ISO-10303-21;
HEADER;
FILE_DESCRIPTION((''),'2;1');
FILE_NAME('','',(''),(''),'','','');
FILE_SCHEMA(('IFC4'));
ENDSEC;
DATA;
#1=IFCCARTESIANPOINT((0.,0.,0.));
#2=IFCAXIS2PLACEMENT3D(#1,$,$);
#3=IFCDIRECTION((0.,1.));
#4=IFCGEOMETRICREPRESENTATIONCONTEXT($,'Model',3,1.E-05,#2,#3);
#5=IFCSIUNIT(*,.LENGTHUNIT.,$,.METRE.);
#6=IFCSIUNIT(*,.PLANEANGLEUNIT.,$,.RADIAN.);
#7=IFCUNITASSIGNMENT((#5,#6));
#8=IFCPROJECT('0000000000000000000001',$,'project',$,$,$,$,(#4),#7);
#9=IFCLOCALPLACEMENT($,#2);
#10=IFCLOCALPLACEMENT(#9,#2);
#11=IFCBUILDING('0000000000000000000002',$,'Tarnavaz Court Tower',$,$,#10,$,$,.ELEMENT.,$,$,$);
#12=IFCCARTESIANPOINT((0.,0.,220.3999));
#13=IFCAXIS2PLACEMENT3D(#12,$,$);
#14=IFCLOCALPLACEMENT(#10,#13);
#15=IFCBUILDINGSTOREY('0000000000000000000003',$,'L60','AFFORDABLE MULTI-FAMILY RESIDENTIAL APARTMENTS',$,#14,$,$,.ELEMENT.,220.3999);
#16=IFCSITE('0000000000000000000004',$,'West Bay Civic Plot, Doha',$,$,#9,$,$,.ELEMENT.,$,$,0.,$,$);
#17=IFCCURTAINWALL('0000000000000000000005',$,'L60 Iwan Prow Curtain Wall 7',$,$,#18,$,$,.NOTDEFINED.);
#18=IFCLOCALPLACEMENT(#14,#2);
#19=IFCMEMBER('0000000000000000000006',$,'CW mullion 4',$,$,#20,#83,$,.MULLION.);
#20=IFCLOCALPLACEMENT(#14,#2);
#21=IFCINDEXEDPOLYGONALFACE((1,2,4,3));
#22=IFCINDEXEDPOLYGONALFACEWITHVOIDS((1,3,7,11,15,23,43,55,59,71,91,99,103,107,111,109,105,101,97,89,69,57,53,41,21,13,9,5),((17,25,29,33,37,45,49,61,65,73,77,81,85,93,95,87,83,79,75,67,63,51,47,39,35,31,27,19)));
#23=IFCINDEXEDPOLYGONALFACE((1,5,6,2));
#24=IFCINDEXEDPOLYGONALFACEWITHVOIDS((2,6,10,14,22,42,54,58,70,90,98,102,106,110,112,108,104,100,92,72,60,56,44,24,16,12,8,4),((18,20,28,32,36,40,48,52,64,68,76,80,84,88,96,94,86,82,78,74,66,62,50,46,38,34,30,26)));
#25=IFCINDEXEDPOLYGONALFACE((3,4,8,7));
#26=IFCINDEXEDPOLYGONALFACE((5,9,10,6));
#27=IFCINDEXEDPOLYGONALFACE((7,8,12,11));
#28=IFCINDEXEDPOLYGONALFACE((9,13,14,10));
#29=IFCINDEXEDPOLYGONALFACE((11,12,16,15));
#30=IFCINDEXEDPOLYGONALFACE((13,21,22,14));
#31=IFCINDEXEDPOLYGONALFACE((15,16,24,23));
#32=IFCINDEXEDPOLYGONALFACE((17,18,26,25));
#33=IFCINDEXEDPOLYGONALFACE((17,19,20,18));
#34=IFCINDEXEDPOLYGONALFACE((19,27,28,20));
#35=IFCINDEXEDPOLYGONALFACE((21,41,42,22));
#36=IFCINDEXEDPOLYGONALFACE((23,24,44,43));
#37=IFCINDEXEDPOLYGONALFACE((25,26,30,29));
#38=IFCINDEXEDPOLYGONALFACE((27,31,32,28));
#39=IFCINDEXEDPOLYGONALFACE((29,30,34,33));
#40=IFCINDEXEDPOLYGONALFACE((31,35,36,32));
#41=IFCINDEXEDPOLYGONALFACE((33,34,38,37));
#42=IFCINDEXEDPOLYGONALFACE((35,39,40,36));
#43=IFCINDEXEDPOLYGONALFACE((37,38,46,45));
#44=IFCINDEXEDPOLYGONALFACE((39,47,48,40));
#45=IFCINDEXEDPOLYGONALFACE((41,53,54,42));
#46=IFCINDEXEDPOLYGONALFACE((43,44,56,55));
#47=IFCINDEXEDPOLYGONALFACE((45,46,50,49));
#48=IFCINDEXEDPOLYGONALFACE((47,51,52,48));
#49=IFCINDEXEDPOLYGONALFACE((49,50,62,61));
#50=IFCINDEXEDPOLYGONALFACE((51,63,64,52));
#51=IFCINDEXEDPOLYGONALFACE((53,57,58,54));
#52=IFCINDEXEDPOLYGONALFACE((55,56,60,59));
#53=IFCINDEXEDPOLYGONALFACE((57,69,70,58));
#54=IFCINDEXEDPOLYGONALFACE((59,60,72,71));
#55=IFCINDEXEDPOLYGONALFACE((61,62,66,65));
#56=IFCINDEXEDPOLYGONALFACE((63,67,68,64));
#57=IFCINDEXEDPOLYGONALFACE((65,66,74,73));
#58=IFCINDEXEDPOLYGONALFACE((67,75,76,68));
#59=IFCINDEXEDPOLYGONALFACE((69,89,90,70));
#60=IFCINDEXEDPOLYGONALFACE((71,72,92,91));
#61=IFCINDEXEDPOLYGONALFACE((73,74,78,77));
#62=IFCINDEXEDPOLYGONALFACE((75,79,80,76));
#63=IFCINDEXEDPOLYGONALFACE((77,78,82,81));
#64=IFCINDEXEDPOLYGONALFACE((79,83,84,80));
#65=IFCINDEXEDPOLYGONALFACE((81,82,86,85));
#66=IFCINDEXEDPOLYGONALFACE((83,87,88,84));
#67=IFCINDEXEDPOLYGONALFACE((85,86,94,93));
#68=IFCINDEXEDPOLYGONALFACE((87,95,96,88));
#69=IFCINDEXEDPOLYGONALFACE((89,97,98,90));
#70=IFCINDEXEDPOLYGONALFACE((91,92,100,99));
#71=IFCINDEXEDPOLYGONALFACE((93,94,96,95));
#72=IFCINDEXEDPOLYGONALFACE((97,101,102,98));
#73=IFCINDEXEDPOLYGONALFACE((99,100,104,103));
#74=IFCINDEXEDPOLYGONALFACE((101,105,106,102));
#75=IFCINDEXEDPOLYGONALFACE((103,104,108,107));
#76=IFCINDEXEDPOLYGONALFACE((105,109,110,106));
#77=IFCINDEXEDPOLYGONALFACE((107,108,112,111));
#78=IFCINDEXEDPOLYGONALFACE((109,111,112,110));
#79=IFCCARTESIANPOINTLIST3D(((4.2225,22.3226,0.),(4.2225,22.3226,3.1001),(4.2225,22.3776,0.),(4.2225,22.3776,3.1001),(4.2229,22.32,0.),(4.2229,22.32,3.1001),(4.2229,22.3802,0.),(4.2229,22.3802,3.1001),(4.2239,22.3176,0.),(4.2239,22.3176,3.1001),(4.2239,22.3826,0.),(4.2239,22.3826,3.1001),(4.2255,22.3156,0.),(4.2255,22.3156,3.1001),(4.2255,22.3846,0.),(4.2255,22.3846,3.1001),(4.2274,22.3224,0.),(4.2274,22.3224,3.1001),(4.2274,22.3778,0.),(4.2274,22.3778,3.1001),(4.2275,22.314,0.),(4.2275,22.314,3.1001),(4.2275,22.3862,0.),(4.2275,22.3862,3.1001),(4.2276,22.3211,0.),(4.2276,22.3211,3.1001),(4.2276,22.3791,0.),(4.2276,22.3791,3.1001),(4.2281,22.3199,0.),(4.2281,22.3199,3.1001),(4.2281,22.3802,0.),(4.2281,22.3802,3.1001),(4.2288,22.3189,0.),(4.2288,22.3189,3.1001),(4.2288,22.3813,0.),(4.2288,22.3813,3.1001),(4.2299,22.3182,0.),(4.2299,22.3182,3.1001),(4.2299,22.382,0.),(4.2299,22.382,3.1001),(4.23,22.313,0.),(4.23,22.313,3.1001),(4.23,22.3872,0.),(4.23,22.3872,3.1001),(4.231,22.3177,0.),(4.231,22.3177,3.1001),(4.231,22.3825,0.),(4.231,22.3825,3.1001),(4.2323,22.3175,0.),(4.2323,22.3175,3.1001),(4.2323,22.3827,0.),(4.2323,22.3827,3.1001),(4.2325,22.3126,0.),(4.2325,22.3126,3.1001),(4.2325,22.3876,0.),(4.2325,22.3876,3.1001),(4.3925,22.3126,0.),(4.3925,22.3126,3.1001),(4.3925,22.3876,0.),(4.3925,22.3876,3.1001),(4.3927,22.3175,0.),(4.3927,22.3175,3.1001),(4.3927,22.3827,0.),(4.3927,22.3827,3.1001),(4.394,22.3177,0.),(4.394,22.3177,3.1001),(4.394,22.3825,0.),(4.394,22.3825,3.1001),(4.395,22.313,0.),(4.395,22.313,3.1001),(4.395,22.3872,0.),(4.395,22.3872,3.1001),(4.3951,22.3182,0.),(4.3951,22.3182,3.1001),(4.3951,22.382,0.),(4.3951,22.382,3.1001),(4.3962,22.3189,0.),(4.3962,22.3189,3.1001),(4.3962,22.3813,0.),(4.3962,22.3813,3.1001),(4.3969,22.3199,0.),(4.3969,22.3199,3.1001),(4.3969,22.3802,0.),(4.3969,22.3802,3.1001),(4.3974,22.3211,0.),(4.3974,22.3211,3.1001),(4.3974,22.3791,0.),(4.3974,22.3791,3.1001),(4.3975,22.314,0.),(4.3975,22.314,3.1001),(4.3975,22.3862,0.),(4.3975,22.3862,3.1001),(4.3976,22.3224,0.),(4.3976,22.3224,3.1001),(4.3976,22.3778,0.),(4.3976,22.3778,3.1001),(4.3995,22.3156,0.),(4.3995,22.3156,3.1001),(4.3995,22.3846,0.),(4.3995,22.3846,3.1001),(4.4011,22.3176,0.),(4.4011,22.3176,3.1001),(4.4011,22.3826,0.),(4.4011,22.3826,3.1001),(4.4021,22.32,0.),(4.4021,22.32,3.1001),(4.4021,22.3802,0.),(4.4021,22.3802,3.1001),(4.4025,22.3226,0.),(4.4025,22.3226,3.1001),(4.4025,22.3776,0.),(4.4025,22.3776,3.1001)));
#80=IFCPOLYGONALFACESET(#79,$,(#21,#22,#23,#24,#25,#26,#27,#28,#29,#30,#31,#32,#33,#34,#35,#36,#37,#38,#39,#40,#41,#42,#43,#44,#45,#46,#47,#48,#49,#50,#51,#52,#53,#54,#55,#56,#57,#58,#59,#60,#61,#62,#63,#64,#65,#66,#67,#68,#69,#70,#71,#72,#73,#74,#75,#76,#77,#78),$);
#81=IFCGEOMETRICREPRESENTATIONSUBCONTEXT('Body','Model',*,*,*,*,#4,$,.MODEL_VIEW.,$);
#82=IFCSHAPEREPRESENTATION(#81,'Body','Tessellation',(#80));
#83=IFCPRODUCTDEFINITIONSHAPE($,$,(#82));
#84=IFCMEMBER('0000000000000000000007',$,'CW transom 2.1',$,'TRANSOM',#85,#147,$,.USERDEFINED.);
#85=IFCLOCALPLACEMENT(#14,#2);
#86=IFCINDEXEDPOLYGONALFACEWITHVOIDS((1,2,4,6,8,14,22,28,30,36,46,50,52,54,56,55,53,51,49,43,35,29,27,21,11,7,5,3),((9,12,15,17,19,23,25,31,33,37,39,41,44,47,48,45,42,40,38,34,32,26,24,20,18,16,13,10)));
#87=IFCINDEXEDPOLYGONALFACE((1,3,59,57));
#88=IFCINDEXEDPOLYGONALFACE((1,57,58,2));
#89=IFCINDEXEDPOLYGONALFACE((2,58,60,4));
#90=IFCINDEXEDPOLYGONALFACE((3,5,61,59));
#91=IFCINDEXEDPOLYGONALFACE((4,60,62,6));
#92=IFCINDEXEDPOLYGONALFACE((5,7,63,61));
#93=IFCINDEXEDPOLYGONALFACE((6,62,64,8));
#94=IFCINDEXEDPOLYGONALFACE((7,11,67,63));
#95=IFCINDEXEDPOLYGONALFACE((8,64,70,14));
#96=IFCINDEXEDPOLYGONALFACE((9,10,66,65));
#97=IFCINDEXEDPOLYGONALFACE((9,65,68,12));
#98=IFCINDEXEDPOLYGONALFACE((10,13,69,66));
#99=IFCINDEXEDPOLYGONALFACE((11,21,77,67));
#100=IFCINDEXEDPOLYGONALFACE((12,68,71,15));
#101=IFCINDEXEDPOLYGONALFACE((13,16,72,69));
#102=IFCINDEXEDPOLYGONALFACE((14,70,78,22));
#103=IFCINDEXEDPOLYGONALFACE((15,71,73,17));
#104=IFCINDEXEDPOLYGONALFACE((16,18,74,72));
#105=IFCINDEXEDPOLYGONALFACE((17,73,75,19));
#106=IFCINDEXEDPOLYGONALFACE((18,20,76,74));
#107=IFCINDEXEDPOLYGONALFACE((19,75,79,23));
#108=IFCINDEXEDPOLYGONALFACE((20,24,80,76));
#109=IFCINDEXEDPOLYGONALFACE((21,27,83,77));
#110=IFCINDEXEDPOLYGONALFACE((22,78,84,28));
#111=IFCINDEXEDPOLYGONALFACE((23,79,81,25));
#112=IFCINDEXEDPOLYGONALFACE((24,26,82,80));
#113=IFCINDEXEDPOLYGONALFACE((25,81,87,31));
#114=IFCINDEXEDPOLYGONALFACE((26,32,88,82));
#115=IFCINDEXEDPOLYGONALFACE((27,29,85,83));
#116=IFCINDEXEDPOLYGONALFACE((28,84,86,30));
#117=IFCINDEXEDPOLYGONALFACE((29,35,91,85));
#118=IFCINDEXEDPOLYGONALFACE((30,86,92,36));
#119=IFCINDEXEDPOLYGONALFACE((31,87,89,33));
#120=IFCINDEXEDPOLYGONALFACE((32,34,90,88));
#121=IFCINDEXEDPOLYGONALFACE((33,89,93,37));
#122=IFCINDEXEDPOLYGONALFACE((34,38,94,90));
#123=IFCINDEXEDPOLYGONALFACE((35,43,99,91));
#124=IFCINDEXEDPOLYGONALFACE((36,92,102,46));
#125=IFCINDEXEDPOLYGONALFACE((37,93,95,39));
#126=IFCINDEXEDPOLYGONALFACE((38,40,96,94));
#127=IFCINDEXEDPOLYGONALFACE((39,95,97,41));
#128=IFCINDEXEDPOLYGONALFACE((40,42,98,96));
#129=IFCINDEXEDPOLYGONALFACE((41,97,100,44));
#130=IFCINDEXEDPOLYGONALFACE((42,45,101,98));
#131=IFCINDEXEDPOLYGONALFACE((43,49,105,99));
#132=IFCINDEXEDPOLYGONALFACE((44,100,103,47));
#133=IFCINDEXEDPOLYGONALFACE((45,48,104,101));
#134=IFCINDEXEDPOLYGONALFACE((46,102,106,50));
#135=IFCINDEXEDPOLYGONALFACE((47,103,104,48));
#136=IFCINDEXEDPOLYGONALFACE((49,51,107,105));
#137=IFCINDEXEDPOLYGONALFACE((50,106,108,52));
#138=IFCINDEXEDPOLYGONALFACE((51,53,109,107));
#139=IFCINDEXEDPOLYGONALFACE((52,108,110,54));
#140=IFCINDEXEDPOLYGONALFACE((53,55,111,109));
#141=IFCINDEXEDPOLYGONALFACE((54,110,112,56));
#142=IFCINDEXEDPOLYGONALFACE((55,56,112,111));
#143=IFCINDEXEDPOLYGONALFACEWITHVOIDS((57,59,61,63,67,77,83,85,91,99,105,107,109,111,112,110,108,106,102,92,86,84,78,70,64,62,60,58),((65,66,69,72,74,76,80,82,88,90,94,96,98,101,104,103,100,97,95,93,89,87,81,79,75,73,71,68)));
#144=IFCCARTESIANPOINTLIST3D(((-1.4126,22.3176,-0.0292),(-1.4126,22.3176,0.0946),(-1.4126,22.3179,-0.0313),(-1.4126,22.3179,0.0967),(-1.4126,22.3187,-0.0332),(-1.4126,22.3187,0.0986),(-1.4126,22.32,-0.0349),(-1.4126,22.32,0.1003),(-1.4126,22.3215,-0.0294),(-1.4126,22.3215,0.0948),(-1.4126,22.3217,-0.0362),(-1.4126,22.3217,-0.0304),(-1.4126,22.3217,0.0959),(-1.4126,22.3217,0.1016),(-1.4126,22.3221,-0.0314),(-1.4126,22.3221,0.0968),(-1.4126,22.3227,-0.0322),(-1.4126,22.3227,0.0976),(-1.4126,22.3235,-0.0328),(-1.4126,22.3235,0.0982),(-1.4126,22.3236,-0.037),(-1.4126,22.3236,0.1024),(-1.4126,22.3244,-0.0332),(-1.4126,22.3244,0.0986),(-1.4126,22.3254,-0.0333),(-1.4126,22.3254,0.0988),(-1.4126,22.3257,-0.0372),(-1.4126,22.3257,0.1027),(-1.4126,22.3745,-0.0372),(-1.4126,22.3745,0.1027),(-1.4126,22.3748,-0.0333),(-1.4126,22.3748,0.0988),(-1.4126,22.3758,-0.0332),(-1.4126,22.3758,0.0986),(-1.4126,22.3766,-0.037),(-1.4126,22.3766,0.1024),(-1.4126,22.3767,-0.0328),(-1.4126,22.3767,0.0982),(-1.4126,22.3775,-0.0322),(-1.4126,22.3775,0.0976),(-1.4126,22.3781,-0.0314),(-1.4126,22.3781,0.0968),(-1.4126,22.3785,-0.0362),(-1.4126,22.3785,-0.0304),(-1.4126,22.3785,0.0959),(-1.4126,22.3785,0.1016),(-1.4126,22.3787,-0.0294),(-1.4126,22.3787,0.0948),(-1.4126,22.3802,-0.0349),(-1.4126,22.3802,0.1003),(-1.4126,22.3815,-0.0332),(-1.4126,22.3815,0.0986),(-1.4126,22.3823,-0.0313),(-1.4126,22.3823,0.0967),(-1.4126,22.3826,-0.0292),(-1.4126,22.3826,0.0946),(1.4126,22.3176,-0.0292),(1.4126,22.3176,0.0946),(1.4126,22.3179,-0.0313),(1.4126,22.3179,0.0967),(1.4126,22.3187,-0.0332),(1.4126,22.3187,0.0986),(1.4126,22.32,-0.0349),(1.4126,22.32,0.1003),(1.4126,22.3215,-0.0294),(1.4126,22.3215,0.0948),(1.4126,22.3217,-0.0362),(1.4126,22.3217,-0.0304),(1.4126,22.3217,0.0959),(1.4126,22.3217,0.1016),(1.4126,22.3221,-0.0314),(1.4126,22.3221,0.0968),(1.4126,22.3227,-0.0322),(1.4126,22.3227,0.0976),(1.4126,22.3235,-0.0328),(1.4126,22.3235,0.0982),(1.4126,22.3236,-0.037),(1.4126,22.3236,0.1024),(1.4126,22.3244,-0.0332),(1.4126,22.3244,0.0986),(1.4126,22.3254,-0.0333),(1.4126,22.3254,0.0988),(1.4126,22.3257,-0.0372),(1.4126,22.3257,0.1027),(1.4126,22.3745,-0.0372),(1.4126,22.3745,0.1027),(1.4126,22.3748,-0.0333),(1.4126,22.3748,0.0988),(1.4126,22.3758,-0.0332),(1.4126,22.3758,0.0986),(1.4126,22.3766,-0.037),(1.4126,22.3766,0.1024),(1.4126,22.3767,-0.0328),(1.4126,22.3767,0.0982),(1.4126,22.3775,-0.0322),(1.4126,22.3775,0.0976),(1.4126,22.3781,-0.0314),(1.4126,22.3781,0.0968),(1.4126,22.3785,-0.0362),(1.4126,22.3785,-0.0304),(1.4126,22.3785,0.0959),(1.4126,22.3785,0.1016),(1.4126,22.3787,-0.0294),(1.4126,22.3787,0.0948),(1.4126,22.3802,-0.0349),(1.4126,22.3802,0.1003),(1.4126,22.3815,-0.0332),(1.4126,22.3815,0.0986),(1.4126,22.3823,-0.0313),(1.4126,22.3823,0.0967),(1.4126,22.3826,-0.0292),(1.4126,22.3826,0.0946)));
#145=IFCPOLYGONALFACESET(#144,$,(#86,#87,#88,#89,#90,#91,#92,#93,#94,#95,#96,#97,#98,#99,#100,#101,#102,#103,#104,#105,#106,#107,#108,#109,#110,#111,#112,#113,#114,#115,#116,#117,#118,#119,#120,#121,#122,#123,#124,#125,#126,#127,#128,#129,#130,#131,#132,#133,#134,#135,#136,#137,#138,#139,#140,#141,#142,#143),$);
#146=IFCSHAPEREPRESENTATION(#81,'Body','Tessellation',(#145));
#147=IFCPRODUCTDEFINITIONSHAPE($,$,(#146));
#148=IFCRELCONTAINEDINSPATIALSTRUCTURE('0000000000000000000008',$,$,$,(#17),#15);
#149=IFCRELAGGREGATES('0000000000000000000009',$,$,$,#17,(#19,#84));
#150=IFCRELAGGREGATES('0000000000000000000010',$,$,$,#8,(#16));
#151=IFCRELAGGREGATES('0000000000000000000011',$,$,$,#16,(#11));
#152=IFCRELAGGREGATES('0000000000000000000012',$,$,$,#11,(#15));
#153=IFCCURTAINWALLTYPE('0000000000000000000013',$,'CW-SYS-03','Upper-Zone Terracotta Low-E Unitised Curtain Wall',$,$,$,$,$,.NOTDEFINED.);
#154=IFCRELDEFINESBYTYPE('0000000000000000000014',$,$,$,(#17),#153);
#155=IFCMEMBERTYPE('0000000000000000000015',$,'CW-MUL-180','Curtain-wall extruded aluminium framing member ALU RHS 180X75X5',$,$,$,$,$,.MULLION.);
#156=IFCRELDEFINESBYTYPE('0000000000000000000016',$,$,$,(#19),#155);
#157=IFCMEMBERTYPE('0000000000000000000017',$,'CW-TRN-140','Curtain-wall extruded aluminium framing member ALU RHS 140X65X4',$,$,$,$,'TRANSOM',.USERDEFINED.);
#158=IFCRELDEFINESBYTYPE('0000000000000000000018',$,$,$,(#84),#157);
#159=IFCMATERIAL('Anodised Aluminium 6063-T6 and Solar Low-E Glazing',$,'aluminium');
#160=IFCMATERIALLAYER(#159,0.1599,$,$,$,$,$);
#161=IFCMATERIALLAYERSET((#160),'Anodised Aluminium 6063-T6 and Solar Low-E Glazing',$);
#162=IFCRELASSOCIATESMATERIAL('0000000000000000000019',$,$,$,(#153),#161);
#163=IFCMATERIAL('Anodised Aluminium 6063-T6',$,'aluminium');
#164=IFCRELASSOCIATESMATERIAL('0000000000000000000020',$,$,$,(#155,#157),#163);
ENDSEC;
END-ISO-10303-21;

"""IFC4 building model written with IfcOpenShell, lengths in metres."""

from ifc_helpers import new_model, si_unit, direction, frame, origin, origin_2d, place, context, subcontext, project, spatial, hollow_rectangle, extrude, material, layer, layer_set, material_profile, profile_set, type_object, element, aggregate, save


model = new_model("IFC4")

# Units and contexts
model_context = context("Model", 3, precision=1e-05, world=origin(), true_north=direction((0.0, 1.0)))
body_context = subcontext(model_context, "Body", "Model", "MODEL_VIEW")
ifc_project = project(units=[si_unit("LENGTHUNIT", "METRE"), si_unit("PLANEANGLEUNIT", "RADIAN")], contexts=[model_context])

# Site, building, storey
site_placement = place(None, origin())
site = spatial("IfcSite", under=ifc_project, at=site_placement, Name="West Bay Civic Plot, Doha", CompositionType="ELEMENT", RefElevation=0.0)
building_placement = place(site_placement, origin())
building = spatial("IfcBuilding", under=site, at=building_placement, Name="Tarnavaz Court Tower", CompositionType="ELEMENT")
storey_placement = place(building_placement, frame((0.0, 0.0, 220.3999)))
storey = spatial("IfcBuildingStorey", under=building, at=storey_placement, Name="L60", Description="AFFORDABLE MULTI-FAMILY RESIDENTIAL APARTMENTS", CompositionType="ELEMENT", Elevation=220.3999)

# Curtain wall, members
ifc_material_1 = material(Name="Anodised Aluminium 6063-T6 and Solar Low-E Glazing", Category="aluminium")
ifc_layer_1 = layer(ifc_material_1, 0.1599)
ifc_layer_set_1 = layer_set([ifc_layer_1], Name="Anodised Aluminium 6063-T6 and Solar Low-E Glazing")
curtain_wall_type = type_object("IfcCurtainWallType", Name="CW-SYS-03", Description="Upper-Zone Terracotta Low-E Unitised Curtain Wall", PredefinedType="NOTDEFINED", material=ifc_layer_set_1)
curtain_wall_placement = place(storey_placement, origin())
curtain_wall = element("IfcCurtainWall", 1, at=curtain_wall_placement, inside=storey, type_object=curtain_wall_type, Name="L60 Iwan Prow Curtain Wall 7", PredefinedType="NOTDEFINED")
ifc_material_2 = material(Name="Anodised Aluminium 6063-T6", Category="aluminium")
ifc_material_profile_1 = material_profile(ifc_material_2, hollow_rectangle(XDim=0.075, YDim=0.1799, WallThickness=0.0049, InnerFilletRadius=0.0049, OuterFilletRadius=0.01, at=origin_2d()), Name="ALU RHS 180X75X5")
ifc_profile_set_1 = profile_set([ifc_material_profile_1], Name="Anodised Aluminium 6063-T6")
member_type_1 = type_object("IfcMemberType", Name="CW-MUL-180", Description="Curtain-wall extruded aluminium framing member ALU RHS 180X75X5", PredefinedType="MULLION", material=ifc_profile_set_1)
member_1_placement = place(storey_placement, frame((4.3125, 22.3501, 0.0), z_axis=(0.0, 0.0, 1.0), x_axis=(0.0, 1.0, 0.0)))
member_1 = element("IfcMember", 2, at=member_1_placement, type_object=member_type_1, Name="CW mullion 4", PredefinedType="MULLION", context=body_context, shape_type="SweptSolid", body=[
    extrude(hollow_rectangle(XDim=0.075, YDim=0.1799, WallThickness=0.0049, InnerFilletRadius=0.0049, OuterFilletRadius=0.01, at=origin_2d()), origin(), (0.0, 0.0, 1.0), 3.1001),
])
ifc_material_profile_2 = material_profile(ifc_material_2, hollow_rectangle(XDim=0.0649, YDim=0.1399, WallThickness=0.0039, InnerFilletRadius=0.0039, OuterFilletRadius=0.0081, at=origin_2d()), Name="ALU RHS 140X65X4")
ifc_profile_set_2 = profile_set([ifc_material_profile_2], Name="Anodised Aluminium 6063-T6")
member_type_2 = type_object("IfcMemberType", Name="CW-TRN-140", Description="Curtain-wall extruded aluminium framing member ALU RHS 140X65X4", ElementType="TRANSOM", PredefinedType="USERDEFINED", material=ifc_profile_set_2)
member_2_placement = place(storey_placement, frame((-1.4126, 22.3501, 0.0327), z_axis=(1.0, 0.0, 0.0), x_axis=(0.0, 1.0, 0.0)))
member_2 = element("IfcMember", 3, at=member_2_placement, type_object=member_type_2, Name="CW transom 2.1", ObjectType="TRANSOM", PredefinedType="USERDEFINED", context=body_context, shape_type="SweptSolid", body=[
    extrude(hollow_rectangle(XDim=0.0649, YDim=0.1399, WallThickness=0.0039, InnerFilletRadius=0.0039, OuterFilletRadius=0.0081, at=origin_2d()), origin(), (0.0, 0.0, 1.0), 2.8252),
])
aggregate(curtain_wall, [member_1, member_2])

save(model, "model.ifc")
